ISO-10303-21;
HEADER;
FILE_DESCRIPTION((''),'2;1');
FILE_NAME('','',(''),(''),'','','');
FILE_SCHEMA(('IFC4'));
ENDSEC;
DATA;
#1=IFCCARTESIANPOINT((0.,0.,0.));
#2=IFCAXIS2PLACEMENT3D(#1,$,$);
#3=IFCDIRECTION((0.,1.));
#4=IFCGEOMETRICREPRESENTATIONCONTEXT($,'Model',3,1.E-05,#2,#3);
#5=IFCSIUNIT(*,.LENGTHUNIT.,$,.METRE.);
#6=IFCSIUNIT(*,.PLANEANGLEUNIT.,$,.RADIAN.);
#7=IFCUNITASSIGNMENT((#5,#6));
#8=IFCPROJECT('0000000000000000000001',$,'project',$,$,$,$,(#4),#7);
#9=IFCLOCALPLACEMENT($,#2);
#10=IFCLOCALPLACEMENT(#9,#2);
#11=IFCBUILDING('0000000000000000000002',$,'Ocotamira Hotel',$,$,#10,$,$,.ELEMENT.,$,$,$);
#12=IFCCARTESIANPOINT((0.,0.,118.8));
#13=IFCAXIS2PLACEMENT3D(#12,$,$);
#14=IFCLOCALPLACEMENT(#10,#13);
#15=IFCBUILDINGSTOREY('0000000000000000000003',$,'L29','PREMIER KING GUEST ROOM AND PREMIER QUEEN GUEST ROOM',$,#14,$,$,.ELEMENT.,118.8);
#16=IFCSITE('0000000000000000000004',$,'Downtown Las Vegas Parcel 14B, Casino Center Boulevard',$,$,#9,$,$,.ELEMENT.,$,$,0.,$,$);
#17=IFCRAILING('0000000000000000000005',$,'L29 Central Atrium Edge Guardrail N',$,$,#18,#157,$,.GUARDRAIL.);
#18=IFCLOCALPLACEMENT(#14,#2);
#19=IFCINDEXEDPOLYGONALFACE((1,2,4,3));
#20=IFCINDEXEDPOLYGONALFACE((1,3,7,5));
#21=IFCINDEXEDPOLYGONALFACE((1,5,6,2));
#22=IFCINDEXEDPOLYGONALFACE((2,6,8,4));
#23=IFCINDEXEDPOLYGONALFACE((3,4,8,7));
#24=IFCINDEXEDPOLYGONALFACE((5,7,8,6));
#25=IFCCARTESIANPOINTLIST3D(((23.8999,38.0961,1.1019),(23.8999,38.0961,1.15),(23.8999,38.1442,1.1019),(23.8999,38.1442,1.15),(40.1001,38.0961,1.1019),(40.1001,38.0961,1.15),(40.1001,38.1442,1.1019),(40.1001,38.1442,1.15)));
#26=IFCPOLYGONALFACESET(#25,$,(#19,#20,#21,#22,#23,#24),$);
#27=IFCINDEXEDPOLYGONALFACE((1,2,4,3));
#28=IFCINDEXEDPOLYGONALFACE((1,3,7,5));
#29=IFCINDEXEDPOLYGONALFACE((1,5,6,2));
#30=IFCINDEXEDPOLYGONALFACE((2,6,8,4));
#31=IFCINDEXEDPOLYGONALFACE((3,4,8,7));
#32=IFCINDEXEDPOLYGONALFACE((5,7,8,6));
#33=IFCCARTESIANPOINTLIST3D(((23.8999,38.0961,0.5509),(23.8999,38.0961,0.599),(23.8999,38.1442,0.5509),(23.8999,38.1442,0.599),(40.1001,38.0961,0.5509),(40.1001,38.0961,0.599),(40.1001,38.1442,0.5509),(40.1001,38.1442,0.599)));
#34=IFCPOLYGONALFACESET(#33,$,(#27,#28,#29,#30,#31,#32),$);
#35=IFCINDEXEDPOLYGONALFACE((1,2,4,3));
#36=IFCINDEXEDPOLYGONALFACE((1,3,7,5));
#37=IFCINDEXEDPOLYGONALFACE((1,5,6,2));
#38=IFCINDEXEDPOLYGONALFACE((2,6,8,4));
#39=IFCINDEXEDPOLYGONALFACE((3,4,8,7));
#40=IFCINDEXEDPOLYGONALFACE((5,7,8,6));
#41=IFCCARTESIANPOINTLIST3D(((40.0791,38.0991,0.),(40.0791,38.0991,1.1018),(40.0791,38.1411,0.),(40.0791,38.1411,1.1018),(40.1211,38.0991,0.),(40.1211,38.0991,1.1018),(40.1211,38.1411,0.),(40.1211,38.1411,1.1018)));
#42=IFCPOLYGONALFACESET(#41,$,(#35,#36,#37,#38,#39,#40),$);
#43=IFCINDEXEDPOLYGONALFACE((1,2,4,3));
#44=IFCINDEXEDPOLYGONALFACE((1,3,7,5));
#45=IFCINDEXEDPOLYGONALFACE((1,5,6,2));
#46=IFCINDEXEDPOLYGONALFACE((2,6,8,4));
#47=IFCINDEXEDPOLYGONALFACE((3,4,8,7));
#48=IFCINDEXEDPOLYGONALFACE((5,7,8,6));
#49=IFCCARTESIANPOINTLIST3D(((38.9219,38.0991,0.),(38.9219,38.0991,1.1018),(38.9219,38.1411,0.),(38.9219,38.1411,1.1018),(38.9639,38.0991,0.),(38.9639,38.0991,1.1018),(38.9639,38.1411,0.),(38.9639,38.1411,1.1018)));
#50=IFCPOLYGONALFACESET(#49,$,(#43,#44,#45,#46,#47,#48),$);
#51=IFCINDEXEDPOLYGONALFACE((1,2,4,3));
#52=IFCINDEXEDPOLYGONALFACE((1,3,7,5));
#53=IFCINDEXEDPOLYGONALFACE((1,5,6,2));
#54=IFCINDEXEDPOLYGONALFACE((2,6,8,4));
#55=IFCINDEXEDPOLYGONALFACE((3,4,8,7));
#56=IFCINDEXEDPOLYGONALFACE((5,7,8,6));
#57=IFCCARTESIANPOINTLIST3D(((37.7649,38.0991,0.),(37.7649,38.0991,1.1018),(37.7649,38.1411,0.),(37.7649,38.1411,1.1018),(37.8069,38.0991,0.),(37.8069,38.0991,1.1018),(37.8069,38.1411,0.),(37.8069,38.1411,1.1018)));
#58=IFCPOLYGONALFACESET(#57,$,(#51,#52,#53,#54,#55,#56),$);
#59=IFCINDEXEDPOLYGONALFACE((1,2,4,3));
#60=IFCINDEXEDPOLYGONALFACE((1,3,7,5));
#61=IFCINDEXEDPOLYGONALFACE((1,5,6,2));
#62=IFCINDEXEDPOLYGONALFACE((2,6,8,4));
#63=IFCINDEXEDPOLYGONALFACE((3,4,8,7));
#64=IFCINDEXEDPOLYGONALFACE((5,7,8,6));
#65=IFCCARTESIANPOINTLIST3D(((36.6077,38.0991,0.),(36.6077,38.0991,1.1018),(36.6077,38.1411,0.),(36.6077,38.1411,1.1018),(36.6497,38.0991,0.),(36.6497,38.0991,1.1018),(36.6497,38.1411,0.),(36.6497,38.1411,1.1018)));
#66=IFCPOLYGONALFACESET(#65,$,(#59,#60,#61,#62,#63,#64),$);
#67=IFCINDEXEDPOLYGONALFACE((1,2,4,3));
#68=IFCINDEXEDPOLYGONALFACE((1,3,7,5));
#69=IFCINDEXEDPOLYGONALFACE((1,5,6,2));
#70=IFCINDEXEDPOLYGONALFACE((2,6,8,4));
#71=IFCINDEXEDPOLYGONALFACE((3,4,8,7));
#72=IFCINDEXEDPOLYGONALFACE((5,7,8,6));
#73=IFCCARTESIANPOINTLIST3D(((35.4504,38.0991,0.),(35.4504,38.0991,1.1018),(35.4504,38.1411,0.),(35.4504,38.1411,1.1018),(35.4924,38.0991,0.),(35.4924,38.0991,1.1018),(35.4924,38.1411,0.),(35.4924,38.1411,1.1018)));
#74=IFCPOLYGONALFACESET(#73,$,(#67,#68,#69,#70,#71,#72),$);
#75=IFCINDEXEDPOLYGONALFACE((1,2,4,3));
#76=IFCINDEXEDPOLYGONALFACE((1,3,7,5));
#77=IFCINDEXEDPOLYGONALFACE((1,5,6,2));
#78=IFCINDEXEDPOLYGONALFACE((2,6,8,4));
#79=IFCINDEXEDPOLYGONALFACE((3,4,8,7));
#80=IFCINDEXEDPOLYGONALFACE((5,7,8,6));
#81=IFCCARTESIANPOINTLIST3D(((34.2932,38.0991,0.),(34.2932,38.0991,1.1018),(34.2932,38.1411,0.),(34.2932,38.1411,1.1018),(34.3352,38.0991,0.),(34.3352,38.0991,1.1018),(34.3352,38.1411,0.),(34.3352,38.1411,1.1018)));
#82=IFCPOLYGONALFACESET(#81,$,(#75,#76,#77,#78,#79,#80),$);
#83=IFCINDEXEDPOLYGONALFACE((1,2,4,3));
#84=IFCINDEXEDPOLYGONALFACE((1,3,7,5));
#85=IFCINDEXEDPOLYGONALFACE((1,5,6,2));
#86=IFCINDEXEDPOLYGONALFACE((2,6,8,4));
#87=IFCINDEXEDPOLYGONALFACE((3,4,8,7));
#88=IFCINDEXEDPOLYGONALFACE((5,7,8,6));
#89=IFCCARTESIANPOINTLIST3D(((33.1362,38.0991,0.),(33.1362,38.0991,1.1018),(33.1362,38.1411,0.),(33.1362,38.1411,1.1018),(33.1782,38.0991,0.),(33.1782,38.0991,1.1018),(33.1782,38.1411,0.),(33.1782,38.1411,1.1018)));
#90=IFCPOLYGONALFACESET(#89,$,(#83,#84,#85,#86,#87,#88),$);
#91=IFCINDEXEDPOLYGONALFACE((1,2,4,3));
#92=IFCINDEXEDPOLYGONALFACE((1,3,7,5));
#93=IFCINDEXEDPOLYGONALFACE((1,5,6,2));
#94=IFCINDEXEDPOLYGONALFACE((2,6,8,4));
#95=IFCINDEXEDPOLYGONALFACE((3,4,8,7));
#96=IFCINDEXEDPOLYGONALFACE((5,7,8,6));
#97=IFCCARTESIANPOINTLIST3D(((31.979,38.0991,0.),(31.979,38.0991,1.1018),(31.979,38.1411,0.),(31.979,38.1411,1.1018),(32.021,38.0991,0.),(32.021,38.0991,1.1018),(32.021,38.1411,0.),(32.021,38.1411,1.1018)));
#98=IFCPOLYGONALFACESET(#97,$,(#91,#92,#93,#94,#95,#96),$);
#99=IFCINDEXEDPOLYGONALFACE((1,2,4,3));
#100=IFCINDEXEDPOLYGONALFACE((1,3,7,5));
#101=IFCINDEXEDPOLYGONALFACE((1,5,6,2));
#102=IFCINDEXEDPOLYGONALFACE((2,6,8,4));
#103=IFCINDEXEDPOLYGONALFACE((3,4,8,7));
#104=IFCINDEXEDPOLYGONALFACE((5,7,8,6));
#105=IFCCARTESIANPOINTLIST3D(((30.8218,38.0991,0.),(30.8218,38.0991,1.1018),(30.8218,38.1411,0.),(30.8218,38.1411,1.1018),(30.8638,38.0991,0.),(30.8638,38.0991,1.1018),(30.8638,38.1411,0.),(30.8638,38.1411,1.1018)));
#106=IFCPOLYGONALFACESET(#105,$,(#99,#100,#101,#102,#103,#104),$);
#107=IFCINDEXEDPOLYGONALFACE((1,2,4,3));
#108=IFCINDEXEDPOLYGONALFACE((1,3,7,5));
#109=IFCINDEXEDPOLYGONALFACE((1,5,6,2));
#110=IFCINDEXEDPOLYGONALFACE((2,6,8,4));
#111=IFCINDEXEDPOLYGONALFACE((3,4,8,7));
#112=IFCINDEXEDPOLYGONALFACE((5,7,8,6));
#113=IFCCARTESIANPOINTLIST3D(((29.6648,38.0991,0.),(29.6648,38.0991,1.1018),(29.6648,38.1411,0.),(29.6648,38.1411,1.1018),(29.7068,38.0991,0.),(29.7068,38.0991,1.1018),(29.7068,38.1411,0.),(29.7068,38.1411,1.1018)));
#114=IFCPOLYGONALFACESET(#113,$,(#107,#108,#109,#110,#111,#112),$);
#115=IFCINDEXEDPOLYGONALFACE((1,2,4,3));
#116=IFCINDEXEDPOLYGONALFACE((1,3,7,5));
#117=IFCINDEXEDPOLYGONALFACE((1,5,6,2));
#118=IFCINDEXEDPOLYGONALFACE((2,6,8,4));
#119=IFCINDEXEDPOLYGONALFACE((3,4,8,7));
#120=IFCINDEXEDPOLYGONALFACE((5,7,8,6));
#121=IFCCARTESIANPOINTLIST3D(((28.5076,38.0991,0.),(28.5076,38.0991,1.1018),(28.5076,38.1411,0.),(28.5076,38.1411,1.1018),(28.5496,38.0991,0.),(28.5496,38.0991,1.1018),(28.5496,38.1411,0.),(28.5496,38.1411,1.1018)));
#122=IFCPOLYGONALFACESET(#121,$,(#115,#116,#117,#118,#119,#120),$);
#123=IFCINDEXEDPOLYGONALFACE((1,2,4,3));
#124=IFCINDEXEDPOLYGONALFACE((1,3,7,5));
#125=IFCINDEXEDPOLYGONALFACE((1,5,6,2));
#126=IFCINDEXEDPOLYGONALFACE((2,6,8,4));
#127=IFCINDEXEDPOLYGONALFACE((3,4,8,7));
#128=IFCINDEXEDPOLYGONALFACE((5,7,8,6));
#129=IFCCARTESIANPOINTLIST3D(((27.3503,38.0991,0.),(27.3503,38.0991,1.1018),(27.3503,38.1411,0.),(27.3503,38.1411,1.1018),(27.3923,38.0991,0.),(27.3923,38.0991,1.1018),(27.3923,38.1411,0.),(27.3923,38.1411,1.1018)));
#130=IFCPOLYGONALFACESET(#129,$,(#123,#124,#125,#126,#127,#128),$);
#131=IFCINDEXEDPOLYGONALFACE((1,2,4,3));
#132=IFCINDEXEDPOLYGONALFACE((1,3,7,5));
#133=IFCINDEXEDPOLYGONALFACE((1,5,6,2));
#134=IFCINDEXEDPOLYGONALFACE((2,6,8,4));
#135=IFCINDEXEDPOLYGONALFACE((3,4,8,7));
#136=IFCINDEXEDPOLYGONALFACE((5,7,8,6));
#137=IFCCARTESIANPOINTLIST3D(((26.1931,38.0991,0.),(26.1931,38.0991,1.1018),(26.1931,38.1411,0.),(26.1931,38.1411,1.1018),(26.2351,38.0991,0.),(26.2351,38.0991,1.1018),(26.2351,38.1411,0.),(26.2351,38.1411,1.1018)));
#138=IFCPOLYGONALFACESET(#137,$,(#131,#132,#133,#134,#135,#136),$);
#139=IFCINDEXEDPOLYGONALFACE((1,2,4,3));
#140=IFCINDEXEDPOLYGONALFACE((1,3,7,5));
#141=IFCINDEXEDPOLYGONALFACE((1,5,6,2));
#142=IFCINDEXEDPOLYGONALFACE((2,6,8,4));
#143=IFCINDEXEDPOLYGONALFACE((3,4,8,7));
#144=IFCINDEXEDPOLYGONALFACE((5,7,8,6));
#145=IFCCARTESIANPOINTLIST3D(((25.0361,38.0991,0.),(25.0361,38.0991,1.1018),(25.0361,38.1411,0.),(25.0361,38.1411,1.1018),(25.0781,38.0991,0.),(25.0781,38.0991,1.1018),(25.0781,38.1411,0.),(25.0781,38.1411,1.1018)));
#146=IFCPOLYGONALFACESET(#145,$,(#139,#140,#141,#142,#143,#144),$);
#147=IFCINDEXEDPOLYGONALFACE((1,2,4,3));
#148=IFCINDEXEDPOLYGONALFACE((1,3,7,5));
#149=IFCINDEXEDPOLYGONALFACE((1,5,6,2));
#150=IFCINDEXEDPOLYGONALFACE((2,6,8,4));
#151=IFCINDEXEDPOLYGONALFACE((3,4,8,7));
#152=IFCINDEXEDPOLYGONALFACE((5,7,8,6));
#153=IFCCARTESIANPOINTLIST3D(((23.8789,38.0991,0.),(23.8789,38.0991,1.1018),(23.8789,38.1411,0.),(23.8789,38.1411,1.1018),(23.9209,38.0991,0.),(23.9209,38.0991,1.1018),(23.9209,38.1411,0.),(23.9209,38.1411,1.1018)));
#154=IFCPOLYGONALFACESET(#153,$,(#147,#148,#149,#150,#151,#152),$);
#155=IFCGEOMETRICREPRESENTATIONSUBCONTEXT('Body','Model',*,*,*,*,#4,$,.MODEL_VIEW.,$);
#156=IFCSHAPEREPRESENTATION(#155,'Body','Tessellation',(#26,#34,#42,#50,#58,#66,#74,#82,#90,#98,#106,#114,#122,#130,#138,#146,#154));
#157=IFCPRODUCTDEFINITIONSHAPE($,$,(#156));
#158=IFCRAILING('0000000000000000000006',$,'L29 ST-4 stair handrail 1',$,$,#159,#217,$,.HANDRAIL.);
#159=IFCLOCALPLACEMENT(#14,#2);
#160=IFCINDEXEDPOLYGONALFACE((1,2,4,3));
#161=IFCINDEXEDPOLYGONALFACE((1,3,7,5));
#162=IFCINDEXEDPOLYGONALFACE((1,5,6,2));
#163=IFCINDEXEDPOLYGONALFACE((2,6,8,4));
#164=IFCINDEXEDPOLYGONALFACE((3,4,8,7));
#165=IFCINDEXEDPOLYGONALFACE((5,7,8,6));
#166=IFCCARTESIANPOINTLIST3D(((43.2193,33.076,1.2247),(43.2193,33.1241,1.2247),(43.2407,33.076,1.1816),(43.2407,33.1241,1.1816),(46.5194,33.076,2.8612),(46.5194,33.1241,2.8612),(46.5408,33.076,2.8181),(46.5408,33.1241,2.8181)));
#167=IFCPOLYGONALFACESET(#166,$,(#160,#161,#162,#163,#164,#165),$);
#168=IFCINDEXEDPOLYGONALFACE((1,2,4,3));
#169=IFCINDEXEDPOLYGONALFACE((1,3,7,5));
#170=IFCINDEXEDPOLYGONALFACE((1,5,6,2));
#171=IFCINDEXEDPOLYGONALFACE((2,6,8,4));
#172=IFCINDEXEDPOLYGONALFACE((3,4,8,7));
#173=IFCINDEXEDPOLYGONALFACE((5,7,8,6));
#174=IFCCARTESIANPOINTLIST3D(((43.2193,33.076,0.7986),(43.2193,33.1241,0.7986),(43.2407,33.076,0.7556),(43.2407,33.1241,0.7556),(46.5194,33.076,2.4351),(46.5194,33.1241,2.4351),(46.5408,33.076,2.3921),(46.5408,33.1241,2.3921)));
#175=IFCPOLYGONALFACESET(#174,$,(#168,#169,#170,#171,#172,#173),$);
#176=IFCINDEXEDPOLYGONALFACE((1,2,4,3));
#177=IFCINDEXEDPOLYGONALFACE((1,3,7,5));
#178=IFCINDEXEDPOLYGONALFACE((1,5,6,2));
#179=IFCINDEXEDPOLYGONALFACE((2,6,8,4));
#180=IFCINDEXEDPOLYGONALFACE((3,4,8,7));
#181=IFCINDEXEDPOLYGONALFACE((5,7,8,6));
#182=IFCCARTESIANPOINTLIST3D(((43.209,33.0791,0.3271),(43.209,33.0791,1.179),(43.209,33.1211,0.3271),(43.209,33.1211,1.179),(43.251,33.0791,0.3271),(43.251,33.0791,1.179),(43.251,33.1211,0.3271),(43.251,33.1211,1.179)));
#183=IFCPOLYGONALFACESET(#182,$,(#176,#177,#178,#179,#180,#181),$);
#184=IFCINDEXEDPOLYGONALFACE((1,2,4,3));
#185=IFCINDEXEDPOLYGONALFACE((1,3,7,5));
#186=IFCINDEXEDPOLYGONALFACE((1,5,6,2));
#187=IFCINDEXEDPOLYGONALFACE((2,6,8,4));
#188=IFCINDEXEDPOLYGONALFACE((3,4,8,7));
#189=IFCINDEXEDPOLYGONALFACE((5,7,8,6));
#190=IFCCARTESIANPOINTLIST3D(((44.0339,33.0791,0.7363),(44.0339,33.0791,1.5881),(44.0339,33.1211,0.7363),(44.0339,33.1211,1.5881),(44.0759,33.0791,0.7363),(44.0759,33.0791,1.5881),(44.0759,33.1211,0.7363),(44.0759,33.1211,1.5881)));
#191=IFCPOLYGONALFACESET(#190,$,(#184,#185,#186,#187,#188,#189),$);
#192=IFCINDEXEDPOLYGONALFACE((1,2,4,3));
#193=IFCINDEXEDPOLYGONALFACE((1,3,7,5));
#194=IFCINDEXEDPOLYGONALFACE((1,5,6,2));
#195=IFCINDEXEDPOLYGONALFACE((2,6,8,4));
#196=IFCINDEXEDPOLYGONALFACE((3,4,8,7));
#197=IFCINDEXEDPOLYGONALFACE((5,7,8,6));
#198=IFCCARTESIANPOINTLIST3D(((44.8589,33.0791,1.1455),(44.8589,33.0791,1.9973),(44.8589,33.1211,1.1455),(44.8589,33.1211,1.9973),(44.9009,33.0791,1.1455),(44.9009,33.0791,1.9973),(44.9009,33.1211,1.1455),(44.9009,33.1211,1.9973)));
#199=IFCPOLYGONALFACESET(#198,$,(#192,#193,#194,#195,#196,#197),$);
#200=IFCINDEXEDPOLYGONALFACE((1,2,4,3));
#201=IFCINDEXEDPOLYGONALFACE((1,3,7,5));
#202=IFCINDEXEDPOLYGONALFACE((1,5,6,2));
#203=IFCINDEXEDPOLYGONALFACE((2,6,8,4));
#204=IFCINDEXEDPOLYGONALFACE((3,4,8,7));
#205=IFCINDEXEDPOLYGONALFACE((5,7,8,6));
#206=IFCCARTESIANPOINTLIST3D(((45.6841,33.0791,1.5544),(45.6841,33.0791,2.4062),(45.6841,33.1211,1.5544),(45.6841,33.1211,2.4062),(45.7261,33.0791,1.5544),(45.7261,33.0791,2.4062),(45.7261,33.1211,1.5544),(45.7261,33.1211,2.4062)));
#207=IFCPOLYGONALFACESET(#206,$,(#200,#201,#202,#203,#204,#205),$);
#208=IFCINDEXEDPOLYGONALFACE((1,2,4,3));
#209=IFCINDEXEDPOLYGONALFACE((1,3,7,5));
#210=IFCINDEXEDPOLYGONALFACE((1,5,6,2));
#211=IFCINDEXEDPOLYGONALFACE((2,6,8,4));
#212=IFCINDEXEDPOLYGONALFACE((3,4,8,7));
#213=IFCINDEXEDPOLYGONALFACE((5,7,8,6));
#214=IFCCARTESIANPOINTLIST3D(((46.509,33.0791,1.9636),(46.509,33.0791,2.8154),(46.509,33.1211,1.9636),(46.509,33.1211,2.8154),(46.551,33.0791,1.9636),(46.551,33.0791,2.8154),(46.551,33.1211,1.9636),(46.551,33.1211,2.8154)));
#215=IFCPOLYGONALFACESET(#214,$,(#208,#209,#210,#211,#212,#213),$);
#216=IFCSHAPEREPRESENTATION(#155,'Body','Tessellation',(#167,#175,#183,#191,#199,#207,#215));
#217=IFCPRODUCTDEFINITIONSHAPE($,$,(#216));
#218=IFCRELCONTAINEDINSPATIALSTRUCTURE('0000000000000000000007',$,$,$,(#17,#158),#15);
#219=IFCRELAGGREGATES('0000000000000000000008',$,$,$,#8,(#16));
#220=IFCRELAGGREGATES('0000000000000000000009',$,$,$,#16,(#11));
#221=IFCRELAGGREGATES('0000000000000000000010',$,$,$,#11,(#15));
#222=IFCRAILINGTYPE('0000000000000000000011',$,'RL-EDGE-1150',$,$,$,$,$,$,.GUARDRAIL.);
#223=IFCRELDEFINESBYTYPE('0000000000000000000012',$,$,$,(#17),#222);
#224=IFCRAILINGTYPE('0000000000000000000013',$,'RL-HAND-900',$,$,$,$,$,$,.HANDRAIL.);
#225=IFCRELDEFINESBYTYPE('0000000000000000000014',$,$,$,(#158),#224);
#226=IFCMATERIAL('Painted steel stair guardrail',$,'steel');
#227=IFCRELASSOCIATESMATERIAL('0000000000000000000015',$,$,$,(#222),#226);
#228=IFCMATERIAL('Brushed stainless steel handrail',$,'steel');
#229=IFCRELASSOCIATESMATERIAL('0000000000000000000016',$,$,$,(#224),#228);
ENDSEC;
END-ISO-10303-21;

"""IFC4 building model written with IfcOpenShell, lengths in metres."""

from ifc_helpers import new_model, si_unit, direction, frame, origin, origin_2d, place, context, subcontext, project, spatial, rectangle, extrude, material, type_object, element, save


model = new_model("IFC4")

# Units and contexts
model_context = context("Model", 3, precision=1e-05, world=origin(), true_north=direction((0.0, 1.0)))
body_context = subcontext(model_context, "Body", "Model", "MODEL_VIEW")
ifc_project = project(units=[si_unit("LENGTHUNIT", "METRE"), si_unit("PLANEANGLEUNIT", "RADIAN")], contexts=[model_context])

# Site, building, storey
site_placement = place(None, origin())
site = spatial("IfcSite", under=ifc_project, at=site_placement, Name="Downtown Las Vegas Parcel 14B, Casino Center Boulevard", CompositionType="ELEMENT", RefElevation=0.0)
building_placement = place(site_placement, origin())
building = spatial("IfcBuilding", under=site, at=building_placement, Name="Ocotamira Hotel", CompositionType="ELEMENT")
storey_placement = place(building_placement, frame((0.0, 0.0, 118.8)))
storey = spatial("IfcBuildingStorey", under=building, at=storey_placement, Name="L29", Description="PREMIER KING GUEST ROOM AND PREMIER QUEEN GUEST ROOM", CompositionType="ELEMENT", Elevation=118.8)

# Railings
ifc_material_1 = material(Name="Painted steel stair guardrail", Category="steel")
railing_type_1 = type_object("IfcRailingType", Name="RL-EDGE-1150", PredefinedType="GUARDRAIL", material=ifc_material_1)
railing_1_placement = place(storey_placement, frame((40.1001, 38.1201, 0.0)))
element("IfcRailing", 1, at=railing_1_placement, inside=storey, type_object=railing_type_1, Name="L29 Central Atrium Edge Guardrail N", PredefinedType="GUARDRAIL", context=body_context, shape_type="SweptSolid", body=[
    extrude(rectangle(XDim=0.0481, YDim=0.0481, at=origin_2d()), frame((0.0, 0.0, 1.126), z_axis=(-1.0, 0.0, 0.0), x_axis=(0.0, -1.0, 0.0)), (0.0, 0.0, 1.0), 16.2002),
    extrude(rectangle(XDim=0.0481, YDim=0.0481, at=origin_2d()), frame((0.0, 0.0, 0.575), z_axis=(-1.0, 0.0, 0.0), x_axis=(0.0, -1.0, 0.0)), (0.0, 0.0, 1.0), 16.2002),
    extrude(rectangle(XDim=0.042, YDim=0.042, at=origin_2d()), origin(), (0.0, 0.0, 1.0), 1.1018),
    extrude(rectangle(XDim=0.042, YDim=0.042, at=origin_2d()), frame((-1.1572, 0.0, 0.0)), (0.0, 0.0, 1.0), 1.1018),
    extrude(rectangle(XDim=0.042, YDim=0.042, at=origin_2d()), frame((-2.3142, 0.0, 0.0)), (0.0, 0.0, 1.0), 1.1018),
    extrude(rectangle(XDim=0.042, YDim=0.042, at=origin_2d()), frame((-3.4714, 0.0, 0.0)), (0.0, 0.0, 1.0), 1.1018),
    extrude(rectangle(XDim=0.042, YDim=0.042, at=origin_2d()), frame((-4.6287, 0.0, 0.0)), (0.0, 0.0, 1.0), 1.1018),
    extrude(rectangle(XDim=0.042, YDim=0.042, at=origin_2d()), frame((-5.7859, 0.0, 0.0)), (0.0, 0.0, 1.0), 1.1018),
    extrude(rectangle(XDim=0.042, YDim=0.042, at=origin_2d()), frame((-6.9429, 0.0, 0.0)), (0.0, 0.0, 1.0), 1.1018),
    extrude(rectangle(XDim=0.042, YDim=0.042, at=origin_2d()), frame((-8.1001, 0.0, 0.0)), (0.0, 0.0, 1.0), 1.1018),
    extrude(rectangle(XDim=0.042, YDim=0.042, at=origin_2d()), frame((-9.2573, 0.0, 0.0)), (0.0, 0.0, 1.0), 1.1018),
    extrude(rectangle(XDim=0.042, YDim=0.042, at=origin_2d()), frame((-10.4143, 0.0, 0.0)), (0.0, 0.0, 1.0), 1.1018),
    extrude(rectangle(XDim=0.042, YDim=0.042, at=origin_2d()), frame((-11.5715, 0.0, 0.0)), (0.0, 0.0, 1.0), 1.1018),
    extrude(rectangle(XDim=0.042, YDim=0.042, at=origin_2d()), frame((-12.7288, 0.0, 0.0)), (0.0, 0.0, 1.0), 1.1018),
    extrude(rectangle(XDim=0.042, YDim=0.042, at=origin_2d()), frame((-13.886, 0.0, 0.0)), (0.0, 0.0, 1.0), 1.1018),
    extrude(rectangle(XDim=0.042, YDim=0.042, at=origin_2d()), frame((-15.043, 0.0, 0.0)), (0.0, 0.0, 1.0), 1.1018),
    extrude(rectangle(XDim=0.042, YDim=0.042, at=origin_2d()), frame((-16.2002, 0.0, 0.0)), (0.0, 0.0, 1.0), 1.1018),
])
ifc_material_2 = material(Name="Brushed stainless steel handrail", Category="steel")
railing_type_2 = type_object("IfcRailingType", Name="RL-HAND-900", PredefinedType="HANDRAIL", material=ifc_material_2)
railing_2_placement = place(storey_placement, frame((43.23, 33.1001, 0.3271)))
element("IfcRailing", 2, at=railing_2_placement, inside=storey, type_object=railing_type_2, Name="L29 ST-4 stair handrail 1", PredefinedType="HANDRAIL", context=body_context, shape_type="SweptSolid", body=[
    extrude(rectangle(XDim=0.0481, YDim=0.0481, at=origin_2d()), frame((0.0, 0.0, 0.876), z_axis=(0.895894, 0.0, 0.444268), x_axis=(0.0, 1.0, 0.0)), (0.0, 0.0, 1.0), 3.6836),
    extrude(rectangle(XDim=0.0481, YDim=0.0481, at=origin_2d()), frame((0.0, 0.0, 0.45), z_axis=(0.895894, 0.0, 0.444268), x_axis=(0.0, 1.0, 0.0)), (0.0, 0.0, 1.0), 3.6836),
    extrude(rectangle(XDim=0.042, YDim=0.042, at=origin_2d()), origin(), (0.0, 0.0, 1.0), 0.8518),
    extrude(rectangle(XDim=0.042, YDim=0.042, at=origin_2d()), frame((0.825, 0.0, 0.4092)), (0.0, 0.0, 1.0), 0.8518),
    extrude(rectangle(XDim=0.042, YDim=0.042, at=origin_2d()), frame((1.6499, 0.0, 0.8184)), (0.0, 0.0, 1.0), 0.8518),
    extrude(rectangle(XDim=0.042, YDim=0.042, at=origin_2d()), frame((2.4751, 0.0, 1.2273)), (0.0, 0.0, 1.0), 0.8518),
    extrude(rectangle(XDim=0.042, YDim=0.042, at=origin_2d()), frame((3.3, 0.0, 1.6365)), (0.0, 0.0, 1.0), 0.8518),
])

save(model, "model.ifc")
